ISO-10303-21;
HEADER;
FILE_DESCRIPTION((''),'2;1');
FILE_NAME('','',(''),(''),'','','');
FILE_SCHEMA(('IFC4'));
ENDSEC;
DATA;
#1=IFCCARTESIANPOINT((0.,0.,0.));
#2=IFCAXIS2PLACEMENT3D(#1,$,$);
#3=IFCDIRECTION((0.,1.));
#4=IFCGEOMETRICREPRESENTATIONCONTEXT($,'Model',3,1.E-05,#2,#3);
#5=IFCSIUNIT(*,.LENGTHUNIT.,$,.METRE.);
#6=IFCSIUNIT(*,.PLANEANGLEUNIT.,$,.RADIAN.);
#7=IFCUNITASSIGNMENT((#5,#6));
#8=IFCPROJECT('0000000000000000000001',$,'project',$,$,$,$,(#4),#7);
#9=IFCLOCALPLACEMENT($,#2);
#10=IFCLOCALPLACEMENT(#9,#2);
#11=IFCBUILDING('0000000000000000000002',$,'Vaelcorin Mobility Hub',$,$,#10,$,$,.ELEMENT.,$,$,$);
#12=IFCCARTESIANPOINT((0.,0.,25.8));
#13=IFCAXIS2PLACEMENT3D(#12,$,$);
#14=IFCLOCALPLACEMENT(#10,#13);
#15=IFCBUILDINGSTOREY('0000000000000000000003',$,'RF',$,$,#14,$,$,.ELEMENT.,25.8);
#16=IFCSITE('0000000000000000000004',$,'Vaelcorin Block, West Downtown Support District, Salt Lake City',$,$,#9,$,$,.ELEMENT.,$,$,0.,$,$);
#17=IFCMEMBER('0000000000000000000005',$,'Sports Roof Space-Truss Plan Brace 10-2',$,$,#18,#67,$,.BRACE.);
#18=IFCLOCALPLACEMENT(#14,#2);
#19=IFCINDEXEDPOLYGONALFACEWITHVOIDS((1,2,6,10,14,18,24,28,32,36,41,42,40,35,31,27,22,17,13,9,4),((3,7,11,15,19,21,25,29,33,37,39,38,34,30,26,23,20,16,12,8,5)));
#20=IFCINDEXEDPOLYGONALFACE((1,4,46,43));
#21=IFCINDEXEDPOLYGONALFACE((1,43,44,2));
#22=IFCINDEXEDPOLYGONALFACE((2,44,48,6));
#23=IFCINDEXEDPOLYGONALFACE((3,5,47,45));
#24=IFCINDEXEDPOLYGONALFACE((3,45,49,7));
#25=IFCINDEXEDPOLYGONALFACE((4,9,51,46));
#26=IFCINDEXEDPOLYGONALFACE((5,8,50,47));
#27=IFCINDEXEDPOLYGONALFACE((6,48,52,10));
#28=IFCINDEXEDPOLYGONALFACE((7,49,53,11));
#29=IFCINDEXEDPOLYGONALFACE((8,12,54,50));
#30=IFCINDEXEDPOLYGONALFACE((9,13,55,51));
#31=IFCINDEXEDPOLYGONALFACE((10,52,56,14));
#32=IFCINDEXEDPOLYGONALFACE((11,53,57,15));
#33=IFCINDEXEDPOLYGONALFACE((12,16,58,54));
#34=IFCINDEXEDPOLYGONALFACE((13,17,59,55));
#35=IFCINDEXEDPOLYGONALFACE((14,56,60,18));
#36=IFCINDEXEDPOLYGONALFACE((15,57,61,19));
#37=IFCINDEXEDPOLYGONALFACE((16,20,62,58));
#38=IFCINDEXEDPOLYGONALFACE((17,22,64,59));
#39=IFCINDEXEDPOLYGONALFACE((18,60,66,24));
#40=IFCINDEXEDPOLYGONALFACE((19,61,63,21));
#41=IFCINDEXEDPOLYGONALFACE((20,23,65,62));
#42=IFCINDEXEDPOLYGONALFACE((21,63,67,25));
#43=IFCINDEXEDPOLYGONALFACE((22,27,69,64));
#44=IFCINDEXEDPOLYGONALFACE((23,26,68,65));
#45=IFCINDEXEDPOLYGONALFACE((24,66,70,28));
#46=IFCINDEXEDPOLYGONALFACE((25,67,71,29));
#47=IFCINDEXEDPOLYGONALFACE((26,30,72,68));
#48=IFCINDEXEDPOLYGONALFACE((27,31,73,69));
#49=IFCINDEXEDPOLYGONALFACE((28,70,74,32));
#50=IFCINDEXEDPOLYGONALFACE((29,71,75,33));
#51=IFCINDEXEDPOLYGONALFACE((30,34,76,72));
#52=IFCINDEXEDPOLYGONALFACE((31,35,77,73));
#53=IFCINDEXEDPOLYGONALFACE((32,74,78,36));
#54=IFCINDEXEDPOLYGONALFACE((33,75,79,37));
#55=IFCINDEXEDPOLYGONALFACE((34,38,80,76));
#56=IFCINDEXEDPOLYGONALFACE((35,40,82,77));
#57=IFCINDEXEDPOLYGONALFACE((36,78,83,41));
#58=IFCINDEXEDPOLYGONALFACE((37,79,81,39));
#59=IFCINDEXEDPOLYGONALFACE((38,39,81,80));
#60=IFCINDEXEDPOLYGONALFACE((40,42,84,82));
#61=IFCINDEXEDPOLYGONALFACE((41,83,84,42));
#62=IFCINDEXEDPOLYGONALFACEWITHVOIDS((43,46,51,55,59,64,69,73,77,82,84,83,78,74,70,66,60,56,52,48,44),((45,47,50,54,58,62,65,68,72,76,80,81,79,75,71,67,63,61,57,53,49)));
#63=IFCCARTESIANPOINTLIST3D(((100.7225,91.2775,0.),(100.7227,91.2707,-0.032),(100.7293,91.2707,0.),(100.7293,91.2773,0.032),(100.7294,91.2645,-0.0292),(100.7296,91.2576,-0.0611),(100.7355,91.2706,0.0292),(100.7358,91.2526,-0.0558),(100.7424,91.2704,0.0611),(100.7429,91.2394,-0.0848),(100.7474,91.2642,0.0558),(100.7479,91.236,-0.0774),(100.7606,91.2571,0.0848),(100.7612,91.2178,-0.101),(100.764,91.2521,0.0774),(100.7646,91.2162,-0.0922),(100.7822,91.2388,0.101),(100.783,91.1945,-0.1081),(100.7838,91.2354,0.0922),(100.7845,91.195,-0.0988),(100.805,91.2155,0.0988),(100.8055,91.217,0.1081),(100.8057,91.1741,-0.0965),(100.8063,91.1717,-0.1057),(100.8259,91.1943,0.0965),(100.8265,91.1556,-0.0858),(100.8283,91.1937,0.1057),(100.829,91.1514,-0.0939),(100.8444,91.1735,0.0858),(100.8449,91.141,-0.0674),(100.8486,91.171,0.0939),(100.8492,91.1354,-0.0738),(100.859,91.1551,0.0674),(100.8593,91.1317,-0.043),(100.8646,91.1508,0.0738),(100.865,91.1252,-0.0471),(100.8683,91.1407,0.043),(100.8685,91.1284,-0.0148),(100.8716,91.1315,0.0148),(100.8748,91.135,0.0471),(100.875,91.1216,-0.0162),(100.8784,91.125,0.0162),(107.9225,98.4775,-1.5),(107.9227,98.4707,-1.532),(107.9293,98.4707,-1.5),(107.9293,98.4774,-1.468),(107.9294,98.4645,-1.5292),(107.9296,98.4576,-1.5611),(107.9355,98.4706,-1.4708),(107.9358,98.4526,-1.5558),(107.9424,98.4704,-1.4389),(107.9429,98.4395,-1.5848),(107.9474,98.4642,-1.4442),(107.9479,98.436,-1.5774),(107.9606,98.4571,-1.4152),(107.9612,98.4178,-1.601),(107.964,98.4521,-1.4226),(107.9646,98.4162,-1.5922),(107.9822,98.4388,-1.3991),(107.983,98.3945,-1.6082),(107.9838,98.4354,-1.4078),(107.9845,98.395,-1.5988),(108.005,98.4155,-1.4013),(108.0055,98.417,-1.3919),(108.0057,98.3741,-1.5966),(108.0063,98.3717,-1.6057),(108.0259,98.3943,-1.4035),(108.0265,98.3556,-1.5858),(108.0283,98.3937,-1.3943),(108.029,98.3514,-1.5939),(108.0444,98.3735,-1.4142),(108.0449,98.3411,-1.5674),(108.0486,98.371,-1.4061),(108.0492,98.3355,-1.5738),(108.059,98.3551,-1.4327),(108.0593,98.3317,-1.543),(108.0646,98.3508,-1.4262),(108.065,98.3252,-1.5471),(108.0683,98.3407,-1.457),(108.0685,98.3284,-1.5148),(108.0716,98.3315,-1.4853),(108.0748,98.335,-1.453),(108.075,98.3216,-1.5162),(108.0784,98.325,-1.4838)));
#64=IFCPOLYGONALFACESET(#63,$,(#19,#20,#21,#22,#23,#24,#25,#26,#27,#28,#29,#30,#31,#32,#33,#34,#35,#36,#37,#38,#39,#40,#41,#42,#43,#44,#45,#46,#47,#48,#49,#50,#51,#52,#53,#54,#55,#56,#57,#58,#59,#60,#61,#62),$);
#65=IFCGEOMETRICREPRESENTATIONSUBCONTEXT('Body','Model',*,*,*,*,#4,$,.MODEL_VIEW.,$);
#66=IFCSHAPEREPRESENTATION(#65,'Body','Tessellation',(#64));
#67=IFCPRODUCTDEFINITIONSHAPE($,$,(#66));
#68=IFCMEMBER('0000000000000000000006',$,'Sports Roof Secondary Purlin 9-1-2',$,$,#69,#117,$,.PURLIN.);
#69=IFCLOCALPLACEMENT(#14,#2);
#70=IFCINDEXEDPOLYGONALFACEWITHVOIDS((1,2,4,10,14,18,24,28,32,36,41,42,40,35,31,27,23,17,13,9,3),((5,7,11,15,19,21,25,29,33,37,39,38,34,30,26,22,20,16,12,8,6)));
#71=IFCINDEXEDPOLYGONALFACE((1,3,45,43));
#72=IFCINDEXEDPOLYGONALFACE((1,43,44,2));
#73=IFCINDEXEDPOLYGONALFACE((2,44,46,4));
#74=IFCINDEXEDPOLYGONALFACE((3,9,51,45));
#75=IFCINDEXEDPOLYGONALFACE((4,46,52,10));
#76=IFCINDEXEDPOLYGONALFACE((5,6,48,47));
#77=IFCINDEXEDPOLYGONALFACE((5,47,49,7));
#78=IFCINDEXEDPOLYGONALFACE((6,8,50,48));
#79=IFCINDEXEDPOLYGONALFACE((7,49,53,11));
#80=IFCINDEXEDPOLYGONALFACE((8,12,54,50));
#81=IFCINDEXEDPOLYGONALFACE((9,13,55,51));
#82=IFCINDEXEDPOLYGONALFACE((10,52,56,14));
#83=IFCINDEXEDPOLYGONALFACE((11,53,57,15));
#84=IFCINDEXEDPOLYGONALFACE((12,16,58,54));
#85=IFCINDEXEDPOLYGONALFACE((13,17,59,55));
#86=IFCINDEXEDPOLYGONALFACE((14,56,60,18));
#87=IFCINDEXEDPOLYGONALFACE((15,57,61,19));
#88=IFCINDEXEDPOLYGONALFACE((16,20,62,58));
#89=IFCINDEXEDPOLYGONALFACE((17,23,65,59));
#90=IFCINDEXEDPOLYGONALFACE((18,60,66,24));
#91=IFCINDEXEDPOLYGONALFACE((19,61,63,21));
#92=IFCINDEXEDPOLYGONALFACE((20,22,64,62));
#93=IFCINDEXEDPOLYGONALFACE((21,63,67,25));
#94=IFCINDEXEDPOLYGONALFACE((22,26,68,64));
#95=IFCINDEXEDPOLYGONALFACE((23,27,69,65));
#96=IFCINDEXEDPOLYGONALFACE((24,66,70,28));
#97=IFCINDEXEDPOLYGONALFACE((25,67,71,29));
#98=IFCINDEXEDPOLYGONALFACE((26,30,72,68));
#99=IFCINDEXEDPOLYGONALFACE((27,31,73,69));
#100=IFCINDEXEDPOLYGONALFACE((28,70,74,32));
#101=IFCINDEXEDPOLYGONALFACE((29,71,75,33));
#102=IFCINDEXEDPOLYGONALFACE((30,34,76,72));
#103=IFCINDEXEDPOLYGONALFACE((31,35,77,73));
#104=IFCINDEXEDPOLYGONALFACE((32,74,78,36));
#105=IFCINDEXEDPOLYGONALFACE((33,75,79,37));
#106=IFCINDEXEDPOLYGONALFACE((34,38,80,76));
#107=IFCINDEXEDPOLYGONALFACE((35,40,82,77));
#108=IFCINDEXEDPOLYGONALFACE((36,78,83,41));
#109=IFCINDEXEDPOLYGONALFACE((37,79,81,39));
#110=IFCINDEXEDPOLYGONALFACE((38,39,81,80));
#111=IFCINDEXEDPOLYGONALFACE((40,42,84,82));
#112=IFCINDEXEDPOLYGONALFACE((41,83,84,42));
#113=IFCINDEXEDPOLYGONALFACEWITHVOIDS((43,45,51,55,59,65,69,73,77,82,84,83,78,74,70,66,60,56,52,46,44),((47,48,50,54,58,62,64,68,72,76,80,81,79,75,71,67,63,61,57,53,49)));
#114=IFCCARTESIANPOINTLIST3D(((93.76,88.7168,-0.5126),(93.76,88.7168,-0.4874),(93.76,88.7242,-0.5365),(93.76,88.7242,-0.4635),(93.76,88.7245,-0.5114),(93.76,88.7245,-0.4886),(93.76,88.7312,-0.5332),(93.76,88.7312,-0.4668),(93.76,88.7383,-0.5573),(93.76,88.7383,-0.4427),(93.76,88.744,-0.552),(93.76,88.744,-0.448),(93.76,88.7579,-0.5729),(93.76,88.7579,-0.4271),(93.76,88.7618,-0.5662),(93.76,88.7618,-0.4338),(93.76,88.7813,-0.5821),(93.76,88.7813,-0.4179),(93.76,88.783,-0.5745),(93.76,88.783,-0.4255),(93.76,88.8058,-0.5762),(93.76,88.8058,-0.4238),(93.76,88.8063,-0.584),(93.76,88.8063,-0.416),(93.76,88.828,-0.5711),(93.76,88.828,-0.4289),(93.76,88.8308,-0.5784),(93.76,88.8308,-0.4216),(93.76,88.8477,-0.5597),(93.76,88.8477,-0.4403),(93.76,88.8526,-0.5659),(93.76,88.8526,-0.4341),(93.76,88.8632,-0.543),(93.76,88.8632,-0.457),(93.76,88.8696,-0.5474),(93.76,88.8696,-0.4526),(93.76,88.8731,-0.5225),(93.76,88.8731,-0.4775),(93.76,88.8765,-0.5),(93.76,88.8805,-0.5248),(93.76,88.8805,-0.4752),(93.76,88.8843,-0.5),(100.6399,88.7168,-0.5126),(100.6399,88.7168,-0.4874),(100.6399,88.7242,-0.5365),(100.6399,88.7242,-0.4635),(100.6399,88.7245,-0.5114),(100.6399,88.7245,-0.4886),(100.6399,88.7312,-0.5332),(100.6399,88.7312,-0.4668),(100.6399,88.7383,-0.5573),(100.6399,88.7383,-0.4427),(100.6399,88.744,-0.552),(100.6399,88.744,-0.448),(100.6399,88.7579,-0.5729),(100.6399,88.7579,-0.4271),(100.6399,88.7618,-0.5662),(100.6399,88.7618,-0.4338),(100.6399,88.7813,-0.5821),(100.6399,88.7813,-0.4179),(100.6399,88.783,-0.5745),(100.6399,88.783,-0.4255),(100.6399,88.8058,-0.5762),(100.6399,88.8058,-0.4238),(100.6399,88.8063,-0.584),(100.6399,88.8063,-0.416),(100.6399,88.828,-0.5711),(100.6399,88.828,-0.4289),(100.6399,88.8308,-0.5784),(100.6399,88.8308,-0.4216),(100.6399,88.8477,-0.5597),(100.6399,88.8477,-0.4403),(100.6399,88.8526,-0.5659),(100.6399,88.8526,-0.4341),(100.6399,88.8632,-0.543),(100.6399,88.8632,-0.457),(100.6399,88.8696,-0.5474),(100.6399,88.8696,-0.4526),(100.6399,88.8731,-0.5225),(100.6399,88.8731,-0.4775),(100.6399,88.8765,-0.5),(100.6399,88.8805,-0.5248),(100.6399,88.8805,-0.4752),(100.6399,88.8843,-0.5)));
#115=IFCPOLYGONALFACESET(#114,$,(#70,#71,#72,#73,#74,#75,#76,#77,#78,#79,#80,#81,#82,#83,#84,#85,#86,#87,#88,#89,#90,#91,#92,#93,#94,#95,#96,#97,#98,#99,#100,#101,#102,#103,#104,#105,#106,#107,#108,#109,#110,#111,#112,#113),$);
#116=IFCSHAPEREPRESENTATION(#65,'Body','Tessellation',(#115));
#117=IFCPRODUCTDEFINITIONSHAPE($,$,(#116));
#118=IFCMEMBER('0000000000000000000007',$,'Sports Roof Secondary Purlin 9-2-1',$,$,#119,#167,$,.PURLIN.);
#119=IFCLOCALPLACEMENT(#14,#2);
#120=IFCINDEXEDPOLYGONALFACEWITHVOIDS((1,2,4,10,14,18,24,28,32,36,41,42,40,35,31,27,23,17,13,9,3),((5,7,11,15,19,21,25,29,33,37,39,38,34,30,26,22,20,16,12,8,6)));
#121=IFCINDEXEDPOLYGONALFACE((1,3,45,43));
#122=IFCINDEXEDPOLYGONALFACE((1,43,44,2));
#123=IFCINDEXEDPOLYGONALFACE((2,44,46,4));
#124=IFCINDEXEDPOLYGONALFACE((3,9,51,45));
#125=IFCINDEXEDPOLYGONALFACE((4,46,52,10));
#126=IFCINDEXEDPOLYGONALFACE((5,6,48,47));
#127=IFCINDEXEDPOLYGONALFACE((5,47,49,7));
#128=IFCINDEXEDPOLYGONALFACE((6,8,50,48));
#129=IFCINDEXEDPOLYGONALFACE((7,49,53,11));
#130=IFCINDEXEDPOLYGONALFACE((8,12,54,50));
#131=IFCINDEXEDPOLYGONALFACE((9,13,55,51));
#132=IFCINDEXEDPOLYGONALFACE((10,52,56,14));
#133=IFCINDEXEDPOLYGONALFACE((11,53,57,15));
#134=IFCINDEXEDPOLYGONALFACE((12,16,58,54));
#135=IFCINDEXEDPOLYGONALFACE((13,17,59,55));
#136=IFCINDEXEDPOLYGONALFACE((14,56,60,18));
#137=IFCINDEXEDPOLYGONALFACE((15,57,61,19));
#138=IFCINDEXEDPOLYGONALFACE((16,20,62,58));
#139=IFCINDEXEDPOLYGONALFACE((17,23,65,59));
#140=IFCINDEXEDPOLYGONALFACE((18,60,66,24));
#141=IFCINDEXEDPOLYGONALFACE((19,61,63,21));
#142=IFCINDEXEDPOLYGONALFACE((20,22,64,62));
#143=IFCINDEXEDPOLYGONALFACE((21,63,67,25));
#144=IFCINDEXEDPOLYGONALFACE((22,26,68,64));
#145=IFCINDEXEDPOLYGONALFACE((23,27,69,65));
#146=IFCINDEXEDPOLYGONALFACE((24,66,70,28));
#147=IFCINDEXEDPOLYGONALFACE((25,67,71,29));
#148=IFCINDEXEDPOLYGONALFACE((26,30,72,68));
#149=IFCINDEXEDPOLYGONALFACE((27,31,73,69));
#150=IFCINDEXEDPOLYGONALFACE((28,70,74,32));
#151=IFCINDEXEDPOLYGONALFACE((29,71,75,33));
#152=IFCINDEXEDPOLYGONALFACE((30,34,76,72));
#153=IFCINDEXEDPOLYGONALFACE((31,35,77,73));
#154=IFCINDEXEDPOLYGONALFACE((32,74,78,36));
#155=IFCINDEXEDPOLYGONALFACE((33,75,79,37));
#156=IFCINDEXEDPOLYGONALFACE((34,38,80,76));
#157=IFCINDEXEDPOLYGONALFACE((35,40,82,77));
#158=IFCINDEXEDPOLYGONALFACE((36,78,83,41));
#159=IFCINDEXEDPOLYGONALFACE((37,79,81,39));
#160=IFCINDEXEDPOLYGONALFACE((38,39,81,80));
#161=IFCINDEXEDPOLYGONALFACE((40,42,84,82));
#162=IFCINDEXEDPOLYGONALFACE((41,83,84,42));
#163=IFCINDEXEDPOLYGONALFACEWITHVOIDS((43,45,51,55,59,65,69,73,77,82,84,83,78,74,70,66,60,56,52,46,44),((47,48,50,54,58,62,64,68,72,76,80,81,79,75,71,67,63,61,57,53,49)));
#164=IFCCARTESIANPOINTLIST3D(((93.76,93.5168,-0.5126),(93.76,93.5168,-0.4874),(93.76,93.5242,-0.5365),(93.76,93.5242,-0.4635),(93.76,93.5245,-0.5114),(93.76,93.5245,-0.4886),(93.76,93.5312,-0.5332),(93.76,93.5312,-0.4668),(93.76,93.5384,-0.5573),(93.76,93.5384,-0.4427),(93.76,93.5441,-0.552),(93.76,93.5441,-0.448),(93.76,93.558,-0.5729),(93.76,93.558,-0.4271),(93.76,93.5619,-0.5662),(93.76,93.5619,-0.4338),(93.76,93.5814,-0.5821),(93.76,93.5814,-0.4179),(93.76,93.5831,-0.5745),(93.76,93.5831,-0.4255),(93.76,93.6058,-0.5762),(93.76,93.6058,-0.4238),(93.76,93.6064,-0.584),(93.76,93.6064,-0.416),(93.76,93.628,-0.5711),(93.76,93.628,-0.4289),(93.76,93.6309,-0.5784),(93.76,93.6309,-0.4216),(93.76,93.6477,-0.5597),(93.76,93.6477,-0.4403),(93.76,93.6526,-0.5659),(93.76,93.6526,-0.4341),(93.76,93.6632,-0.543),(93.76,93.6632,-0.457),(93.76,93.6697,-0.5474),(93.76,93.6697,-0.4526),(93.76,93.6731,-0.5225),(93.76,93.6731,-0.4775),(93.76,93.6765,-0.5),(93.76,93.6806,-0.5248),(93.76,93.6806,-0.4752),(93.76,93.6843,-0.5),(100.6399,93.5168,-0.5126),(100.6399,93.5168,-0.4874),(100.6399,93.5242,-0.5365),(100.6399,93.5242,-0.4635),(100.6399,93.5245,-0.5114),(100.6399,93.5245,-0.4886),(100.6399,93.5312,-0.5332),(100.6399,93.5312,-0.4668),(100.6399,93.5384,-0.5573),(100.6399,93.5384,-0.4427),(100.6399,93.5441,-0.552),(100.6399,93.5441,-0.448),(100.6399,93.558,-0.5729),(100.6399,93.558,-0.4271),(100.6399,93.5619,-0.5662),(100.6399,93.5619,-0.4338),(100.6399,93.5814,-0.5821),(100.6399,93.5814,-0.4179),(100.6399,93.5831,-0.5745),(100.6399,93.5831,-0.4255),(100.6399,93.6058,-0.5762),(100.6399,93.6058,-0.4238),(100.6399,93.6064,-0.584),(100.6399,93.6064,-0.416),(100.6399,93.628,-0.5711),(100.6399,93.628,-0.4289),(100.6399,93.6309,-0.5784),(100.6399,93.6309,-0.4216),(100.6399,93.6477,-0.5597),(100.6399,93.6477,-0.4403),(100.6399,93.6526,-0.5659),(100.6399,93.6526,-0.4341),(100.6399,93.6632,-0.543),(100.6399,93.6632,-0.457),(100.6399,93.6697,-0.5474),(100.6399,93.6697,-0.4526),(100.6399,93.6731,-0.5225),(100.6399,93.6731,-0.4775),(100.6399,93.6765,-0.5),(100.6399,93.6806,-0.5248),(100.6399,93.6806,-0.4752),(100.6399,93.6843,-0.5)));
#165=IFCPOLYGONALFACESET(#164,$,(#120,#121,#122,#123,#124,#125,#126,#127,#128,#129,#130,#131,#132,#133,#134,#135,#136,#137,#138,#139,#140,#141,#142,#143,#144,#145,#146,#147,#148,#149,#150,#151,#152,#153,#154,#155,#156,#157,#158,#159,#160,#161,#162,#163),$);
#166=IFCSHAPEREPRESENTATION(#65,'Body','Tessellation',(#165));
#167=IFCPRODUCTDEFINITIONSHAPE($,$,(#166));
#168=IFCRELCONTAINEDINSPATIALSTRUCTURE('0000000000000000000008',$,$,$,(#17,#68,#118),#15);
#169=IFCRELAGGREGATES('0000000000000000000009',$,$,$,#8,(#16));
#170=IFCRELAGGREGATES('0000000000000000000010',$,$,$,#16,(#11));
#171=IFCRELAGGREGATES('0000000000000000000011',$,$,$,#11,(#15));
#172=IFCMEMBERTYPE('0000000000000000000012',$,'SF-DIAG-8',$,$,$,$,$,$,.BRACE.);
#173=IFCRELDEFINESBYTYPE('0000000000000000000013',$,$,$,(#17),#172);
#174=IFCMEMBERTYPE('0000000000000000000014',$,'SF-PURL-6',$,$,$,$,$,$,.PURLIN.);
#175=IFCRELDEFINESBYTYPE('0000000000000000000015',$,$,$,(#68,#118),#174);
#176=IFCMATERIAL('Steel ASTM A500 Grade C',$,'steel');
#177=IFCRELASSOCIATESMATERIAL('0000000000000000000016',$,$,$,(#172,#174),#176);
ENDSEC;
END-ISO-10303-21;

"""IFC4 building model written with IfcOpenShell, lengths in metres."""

from ifc_helpers import new_model, si_unit, direction, frame, origin, origin_2d, place, context, subcontext, project, spatial, hollow_circle, extrude, material, material_profile, profile_set, type_object, element, save


model = new_model("IFC4")

# Units and contexts
model_context = context("Model", 3, precision=1e-05, world=origin(), true_north=direction((0.0, 1.0)))
body_context = subcontext(model_context, "Body", "Model", "MODEL_VIEW")
ifc_project = project(units=[si_unit("LENGTHUNIT", "METRE"), si_unit("PLANEANGLEUNIT", "RADIAN")], contexts=[model_context])

# Site, building, storey
site_placement = place(None, origin())
site = spatial("IfcSite", under=ifc_project, at=site_placement, Name="Vaelcorin Block, West Downtown Support District, Salt Lake City", CompositionType="ELEMENT", RefElevation=0.0)
building_placement = place(site_placement, origin())
building = spatial("IfcBuilding", under=site, at=building_placement, Name="Vaelcorin Mobility Hub", CompositionType="ELEMENT")
storey_placement = place(building_placement, frame((0.0, 0.0, 25.8)))
storey = spatial("IfcBuildingStorey", under=building, at=storey_placement, Name="RF", CompositionType="ELEMENT", Elevation=25.8)

# Members
ifc_material_1 = material(Name="Steel ASTM A500 Grade C", Category="steel")
ifc_material_profile_1 = material_profile(ifc_material_1, hollow_circle(Radius=0.1096, WallThickness=0.0095, at=origin_2d()), Name="HSS8.625X0.375")
ifc_profile_set_1 = profile_set([ifc_material_profile_1], Name="Steel ASTM A500 Grade C")
member_type_1 = type_object("IfcMemberType", Name="SF-DIAG-8", PredefinedType="BRACE", material=ifc_profile_set_1)
for number, where, z_axis, x_axis, name in (
    (1, (100.8, 91.2, 0.0), (0.699557, 0.699557, -0.145742), (-0.707107, 0.707107, 0.0), "Sports Roof Space-Truss Plan Brace 10-2"),
):
    element("IfcMember", number, at=place(storey_placement, frame(where, z_axis=z_axis, x_axis=x_axis)), inside=storey, type_object=member_type_1, Name=name, PredefinedType="BRACE", context=body_context, shape_type="SweptSolid", body=[
        extrude(hollow_circle(Radius=0.1096, WallThickness=0.0095, at=origin_2d()), origin(), (0.0, 0.0, 1.0), 10.2922),
    ])
ifc_material_profile_2 = material_profile(ifc_material_1, hollow_circle(Radius=0.0842, WallThickness=0.0078, at=origin_2d()), Name="HSS6.625X0.312")
ifc_profile_set_2 = profile_set([ifc_material_profile_2], Name="Steel ASTM A500 Grade C")
member_type_2 = type_object("IfcMemberType", Name="SF-PURL-6", PredefinedType="PURLIN", material=ifc_profile_set_2)
for number, where, z_axis, x_axis, name in (
    (2, (93.76, 88.8, -0.5), (1.0, 0.0, 0.0), (0.0, 1.0, 0.0), "Sports Roof Secondary Purlin 9-1-2"),
    (3, (93.76, 93.6001, -0.5), (1.0, 0.0, 0.0), (0.0, 1.0, 0.0), "Sports Roof Secondary Purlin 9-2-1"),
):
    element("IfcMember", number, at=place(storey_placement, frame(where, z_axis=z_axis, x_axis=x_axis)), inside=storey, type_object=member_type_2, Name=name, PredefinedType="PURLIN", context=body_context, shape_type="SweptSolid", body=[
        extrude(hollow_circle(Radius=0.0842, WallThickness=0.0078, at=origin_2d()), origin(), (0.0, 0.0, 1.0), 6.8799),
    ])

save(model, "model.ifc")
